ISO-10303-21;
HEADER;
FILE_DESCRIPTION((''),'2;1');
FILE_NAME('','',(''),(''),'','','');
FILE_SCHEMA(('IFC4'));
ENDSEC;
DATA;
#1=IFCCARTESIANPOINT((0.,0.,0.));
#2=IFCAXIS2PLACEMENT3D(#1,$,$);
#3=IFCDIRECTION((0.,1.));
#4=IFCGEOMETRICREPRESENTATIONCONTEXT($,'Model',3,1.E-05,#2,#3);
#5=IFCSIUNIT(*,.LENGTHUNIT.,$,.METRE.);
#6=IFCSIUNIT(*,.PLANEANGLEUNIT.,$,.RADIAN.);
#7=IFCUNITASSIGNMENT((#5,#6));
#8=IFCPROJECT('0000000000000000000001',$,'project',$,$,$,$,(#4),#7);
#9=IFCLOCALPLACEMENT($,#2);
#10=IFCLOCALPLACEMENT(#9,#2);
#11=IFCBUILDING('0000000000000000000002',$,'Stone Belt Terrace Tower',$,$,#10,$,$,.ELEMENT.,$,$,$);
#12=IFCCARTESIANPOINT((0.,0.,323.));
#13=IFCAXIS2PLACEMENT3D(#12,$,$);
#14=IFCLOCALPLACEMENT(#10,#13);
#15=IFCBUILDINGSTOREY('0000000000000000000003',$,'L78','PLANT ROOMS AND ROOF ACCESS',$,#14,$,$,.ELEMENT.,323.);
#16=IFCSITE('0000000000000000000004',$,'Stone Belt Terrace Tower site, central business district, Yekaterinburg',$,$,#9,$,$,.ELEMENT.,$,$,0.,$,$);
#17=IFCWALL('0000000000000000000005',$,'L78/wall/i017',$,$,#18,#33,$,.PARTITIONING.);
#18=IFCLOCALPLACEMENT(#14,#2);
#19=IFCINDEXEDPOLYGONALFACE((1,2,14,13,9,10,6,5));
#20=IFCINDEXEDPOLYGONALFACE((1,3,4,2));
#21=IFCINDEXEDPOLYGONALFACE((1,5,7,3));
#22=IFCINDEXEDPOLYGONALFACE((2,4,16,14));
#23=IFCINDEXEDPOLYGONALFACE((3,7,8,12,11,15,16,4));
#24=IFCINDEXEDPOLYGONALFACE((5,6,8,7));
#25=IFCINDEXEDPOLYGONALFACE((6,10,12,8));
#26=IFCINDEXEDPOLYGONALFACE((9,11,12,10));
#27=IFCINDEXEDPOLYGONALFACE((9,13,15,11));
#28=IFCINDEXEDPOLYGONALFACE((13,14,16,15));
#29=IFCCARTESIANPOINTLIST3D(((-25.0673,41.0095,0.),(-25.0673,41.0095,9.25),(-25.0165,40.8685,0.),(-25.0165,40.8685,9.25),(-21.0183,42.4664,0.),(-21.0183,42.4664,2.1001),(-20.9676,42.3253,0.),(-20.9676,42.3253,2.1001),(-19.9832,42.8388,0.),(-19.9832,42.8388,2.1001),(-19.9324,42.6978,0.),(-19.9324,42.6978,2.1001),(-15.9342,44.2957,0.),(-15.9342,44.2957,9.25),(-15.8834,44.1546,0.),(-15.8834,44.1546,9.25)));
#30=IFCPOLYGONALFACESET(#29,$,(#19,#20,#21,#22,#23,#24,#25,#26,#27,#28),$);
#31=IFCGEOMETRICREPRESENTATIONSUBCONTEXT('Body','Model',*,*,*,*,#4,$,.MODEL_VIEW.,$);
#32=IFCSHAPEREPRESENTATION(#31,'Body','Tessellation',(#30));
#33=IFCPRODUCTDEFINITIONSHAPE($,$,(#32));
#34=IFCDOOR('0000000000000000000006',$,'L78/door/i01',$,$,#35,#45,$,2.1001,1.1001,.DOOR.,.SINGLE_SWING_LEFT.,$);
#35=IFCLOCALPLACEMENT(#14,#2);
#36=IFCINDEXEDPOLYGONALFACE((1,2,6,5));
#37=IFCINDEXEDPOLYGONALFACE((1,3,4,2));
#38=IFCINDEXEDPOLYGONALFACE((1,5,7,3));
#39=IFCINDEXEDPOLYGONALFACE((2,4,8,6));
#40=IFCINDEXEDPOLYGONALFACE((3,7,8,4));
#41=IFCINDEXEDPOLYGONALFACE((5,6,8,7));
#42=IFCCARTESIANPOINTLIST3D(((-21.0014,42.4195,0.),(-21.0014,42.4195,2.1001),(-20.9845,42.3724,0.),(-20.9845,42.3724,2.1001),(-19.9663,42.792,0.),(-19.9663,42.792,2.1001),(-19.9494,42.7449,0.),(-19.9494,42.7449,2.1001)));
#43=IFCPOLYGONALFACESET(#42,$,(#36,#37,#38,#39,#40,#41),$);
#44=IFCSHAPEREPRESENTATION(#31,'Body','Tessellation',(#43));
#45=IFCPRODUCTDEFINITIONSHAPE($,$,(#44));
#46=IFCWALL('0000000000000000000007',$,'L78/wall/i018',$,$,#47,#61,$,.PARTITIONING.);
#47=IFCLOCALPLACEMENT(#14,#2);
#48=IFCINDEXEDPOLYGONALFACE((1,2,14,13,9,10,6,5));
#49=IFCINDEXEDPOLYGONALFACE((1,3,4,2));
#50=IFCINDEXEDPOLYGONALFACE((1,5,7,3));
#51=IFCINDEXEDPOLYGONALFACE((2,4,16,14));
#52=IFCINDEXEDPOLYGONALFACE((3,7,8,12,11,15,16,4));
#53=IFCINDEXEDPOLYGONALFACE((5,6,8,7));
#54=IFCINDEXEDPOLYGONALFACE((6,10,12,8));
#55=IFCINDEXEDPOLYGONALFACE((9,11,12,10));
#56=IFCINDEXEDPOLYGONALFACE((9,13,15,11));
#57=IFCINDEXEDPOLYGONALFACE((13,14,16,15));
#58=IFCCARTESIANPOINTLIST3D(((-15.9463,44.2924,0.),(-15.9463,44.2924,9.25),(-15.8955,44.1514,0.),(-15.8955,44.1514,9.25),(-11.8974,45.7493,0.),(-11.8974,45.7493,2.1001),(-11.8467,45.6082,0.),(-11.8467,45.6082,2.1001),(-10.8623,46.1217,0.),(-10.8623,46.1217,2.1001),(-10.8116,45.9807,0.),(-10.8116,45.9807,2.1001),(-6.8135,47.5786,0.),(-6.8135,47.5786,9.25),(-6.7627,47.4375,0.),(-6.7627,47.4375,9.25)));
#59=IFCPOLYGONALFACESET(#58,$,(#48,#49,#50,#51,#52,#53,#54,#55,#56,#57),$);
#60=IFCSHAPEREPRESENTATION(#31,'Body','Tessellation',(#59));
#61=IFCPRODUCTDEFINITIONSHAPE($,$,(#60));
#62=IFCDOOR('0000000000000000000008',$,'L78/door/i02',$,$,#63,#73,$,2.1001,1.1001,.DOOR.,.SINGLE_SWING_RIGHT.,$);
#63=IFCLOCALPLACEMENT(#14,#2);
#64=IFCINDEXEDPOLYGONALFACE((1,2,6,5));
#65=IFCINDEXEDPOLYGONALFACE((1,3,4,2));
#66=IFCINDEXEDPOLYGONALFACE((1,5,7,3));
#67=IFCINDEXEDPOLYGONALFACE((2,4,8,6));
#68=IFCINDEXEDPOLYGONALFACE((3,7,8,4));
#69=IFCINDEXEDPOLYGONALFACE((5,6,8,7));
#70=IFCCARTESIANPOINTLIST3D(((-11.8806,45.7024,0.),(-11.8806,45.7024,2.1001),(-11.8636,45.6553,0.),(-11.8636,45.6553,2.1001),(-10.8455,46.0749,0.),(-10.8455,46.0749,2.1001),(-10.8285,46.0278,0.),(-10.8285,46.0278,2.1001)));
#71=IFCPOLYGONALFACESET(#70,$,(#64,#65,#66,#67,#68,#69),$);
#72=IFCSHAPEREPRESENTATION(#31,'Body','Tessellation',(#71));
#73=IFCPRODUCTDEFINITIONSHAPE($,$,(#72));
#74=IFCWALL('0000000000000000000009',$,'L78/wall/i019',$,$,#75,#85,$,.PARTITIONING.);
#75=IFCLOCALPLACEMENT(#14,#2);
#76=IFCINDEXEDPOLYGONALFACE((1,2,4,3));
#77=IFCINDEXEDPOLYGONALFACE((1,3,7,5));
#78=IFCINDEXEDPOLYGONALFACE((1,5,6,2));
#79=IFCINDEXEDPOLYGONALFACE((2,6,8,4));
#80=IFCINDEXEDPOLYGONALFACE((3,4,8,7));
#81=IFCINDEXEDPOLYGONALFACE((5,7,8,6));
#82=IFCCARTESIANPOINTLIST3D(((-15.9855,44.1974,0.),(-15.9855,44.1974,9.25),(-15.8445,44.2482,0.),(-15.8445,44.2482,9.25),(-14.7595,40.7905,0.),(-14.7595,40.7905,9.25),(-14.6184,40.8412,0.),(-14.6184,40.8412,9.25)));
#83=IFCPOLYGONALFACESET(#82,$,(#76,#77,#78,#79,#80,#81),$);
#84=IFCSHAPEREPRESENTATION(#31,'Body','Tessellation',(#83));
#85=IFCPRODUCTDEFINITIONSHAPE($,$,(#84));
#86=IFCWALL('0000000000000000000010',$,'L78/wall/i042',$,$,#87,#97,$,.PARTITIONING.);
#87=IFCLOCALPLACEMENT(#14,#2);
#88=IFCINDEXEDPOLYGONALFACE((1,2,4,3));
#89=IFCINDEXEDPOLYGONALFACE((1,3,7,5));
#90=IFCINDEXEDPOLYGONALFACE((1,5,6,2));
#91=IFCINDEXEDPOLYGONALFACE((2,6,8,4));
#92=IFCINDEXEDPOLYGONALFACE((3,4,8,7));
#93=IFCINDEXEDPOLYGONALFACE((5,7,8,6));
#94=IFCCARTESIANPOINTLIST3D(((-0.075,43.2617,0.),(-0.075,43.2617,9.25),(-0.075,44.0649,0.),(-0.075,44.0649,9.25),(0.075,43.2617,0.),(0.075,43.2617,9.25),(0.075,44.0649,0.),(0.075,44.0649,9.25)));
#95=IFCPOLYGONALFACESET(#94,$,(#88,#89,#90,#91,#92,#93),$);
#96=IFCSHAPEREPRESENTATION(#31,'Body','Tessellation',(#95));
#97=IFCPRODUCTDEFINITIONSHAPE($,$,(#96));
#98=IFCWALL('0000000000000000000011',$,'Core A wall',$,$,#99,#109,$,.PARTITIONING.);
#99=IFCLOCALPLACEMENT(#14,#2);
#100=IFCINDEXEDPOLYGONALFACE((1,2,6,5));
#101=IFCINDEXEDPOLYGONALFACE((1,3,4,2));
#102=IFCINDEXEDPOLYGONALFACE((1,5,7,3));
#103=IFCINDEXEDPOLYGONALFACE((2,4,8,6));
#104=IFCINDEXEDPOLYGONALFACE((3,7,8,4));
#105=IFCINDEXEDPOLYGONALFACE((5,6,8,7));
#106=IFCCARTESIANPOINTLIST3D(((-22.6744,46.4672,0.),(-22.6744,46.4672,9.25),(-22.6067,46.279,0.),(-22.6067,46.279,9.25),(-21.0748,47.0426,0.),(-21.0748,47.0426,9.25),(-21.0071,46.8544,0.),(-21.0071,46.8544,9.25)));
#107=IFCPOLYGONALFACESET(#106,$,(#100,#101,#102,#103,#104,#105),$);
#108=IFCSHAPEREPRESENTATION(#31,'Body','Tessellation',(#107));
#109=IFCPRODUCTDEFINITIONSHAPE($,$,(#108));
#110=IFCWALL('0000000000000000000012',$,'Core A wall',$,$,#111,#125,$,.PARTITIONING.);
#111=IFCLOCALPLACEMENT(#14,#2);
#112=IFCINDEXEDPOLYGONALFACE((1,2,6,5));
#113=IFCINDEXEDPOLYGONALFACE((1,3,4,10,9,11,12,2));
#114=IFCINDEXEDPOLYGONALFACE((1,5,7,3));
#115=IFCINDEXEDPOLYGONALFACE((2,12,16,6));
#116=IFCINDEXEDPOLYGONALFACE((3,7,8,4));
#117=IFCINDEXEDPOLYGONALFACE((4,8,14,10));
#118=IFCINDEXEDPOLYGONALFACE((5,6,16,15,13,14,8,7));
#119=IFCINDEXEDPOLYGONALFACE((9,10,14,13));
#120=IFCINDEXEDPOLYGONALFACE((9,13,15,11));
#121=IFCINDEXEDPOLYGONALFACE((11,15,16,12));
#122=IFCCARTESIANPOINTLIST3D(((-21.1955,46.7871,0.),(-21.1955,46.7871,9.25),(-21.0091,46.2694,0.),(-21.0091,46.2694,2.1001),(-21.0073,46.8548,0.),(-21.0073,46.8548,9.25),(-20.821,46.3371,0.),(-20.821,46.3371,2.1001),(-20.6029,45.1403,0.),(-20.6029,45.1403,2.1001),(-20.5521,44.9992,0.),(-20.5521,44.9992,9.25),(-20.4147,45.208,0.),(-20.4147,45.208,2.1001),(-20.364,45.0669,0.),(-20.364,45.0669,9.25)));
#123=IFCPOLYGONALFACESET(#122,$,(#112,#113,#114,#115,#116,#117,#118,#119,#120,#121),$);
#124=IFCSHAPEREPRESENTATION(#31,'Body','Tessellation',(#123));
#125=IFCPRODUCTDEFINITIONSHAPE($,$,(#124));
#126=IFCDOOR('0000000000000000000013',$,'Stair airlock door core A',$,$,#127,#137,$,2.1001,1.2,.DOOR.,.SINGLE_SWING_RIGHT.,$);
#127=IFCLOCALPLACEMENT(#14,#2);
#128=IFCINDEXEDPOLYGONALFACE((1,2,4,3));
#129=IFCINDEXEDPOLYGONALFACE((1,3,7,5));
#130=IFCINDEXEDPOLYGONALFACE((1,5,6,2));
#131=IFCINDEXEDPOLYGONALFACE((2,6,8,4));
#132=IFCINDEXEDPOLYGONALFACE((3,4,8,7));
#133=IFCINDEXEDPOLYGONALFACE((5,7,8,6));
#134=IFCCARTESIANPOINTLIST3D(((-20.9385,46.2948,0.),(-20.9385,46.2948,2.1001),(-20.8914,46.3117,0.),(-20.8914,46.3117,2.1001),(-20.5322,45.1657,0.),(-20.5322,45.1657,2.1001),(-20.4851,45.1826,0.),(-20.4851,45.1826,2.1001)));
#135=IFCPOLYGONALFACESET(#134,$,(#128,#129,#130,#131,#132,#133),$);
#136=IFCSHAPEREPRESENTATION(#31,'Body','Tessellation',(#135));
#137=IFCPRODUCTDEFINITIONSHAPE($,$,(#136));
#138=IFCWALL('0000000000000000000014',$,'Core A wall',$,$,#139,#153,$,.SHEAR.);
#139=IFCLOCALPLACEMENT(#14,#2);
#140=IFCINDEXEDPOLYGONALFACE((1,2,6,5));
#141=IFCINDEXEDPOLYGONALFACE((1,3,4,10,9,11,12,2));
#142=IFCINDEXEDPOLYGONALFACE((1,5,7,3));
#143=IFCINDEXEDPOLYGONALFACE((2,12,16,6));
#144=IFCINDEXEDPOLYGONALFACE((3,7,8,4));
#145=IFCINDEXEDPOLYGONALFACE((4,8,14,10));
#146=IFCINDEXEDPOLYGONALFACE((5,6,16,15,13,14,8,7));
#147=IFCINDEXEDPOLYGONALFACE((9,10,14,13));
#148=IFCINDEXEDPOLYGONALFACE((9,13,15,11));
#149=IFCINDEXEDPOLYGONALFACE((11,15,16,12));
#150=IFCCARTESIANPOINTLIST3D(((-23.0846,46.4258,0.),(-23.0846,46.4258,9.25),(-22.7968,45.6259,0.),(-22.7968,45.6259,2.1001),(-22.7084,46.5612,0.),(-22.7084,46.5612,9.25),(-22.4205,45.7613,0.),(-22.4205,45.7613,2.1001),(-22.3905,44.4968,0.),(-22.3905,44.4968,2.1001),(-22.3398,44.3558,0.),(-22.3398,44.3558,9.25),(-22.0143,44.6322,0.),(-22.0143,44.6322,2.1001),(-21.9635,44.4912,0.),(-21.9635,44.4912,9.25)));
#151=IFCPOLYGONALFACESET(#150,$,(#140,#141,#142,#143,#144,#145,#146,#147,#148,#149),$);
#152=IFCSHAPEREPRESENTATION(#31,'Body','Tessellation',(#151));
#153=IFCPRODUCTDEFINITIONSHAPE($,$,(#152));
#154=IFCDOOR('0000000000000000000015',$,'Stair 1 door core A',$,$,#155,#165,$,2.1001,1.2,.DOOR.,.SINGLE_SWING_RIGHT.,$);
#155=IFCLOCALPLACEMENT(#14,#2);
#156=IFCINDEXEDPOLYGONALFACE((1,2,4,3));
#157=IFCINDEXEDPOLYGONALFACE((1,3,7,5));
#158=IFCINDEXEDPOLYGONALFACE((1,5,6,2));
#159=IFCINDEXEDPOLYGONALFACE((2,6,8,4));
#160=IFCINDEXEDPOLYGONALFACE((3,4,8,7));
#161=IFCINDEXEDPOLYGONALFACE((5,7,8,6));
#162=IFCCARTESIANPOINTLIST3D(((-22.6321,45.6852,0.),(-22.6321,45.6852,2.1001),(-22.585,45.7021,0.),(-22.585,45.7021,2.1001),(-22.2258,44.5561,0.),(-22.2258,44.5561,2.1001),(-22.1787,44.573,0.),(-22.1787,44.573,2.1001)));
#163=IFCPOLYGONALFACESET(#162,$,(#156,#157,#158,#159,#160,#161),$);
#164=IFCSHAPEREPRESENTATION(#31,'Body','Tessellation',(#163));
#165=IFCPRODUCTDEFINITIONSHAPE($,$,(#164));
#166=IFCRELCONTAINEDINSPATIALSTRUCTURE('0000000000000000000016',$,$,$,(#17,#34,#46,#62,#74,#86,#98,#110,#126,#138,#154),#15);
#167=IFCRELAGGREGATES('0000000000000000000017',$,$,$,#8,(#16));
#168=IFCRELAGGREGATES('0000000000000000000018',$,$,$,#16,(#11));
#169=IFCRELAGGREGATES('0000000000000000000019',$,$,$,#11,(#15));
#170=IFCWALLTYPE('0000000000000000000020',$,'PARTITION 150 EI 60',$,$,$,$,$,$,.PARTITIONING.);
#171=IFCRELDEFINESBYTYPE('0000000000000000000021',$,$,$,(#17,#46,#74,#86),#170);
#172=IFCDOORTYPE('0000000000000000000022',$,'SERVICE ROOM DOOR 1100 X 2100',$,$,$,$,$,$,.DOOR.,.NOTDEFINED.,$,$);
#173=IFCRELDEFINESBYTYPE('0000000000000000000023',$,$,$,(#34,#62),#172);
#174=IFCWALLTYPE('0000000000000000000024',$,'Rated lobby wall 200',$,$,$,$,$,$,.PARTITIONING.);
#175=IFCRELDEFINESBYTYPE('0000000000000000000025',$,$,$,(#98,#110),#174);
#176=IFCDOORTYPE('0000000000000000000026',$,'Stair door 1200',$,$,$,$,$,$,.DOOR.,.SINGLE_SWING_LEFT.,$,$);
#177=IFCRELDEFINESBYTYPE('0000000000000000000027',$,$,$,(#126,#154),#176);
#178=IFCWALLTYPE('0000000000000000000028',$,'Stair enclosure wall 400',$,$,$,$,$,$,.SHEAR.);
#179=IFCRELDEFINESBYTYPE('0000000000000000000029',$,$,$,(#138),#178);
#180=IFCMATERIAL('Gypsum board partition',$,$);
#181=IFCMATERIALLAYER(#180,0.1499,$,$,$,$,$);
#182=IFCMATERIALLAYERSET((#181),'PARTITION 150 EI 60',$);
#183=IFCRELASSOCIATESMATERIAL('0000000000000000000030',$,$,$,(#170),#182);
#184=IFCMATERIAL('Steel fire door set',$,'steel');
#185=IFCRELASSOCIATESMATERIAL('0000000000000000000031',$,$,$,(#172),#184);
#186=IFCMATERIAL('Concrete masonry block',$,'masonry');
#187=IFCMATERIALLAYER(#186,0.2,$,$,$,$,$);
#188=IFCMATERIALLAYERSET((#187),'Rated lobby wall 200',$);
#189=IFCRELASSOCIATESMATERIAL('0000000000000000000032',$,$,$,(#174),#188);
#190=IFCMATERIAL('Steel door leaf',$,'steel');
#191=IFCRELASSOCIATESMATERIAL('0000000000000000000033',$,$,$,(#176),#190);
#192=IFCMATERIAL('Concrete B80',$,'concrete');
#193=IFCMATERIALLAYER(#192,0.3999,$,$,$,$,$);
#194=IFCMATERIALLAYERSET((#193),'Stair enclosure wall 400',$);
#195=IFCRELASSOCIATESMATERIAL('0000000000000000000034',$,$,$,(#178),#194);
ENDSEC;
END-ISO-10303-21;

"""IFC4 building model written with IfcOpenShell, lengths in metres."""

from ifc_helpers import new_model, si_unit, direction, frame, frame_2d, origin, place, context, subcontext, project, spatial, rectangle, extrude, material, layer, layer_set, type_object, element, fill, save


model = new_model("IFC4")

# Units and contexts
model_context = context("Model", 3, precision=1e-05, world=origin(), true_north=direction((0.0, 1.0)))
body_context = subcontext(model_context, "Body", "Model", "MODEL_VIEW")
ifc_project = project(units=[si_unit("LENGTHUNIT", "METRE"), si_unit("PLANEANGLEUNIT", "RADIAN")], contexts=[model_context])

# Site, building, storey
site_placement = place(None, origin())
site = spatial("IfcSite", under=ifc_project, at=site_placement, Name="Stone Belt Terrace Tower site, central business district, Yekaterinburg", CompositionType="ELEMENT", RefElevation=0.0)
building_placement = place(site_placement, origin())
building = spatial("IfcBuilding", under=site, at=building_placement, Name="Stone Belt Terrace Tower", CompositionType="ELEMENT")
storey_placement = place(building_placement, frame((0.0, 0.0, 323.0)))
storey = spatial("IfcBuildingStorey", under=building, at=storey_placement, Name="L78", Description="PLANT ROOMS AND ROOF ACCESS", CompositionType="ELEMENT", Elevation=323.0)

# Shared definitions
ifc_material_1 = material(Name="Gypsum board partition")
ifc_layer_1 = layer(ifc_material_1, 0.1499)
ifc_layer_set_1 = layer_set([ifc_layer_1], Name="PARTITION 150 EI 60")
wall_type_1 = type_object("IfcWallType", Name="PARTITION 150 EI 60", PredefinedType="PARTITIONING", material=ifc_layer_set_1)

# Walls, openings, doors
wall_1_placement = place(storey_placement, frame((-15.9089, 44.2251, 0.0), z_axis=(0.0, 0.0, 1.0), x_axis=(-0.940945, -0.338558, 0.0)))
wall_1 = element("IfcWall", 1, at=wall_1_placement, inside=storey, type_object=wall_type_1, Name="L78/wall/i017", PredefinedType="PARTITIONING", context=body_context, shape_type="SweptSolid", body=[
    extrude(rectangle(XDim=9.7063, YDim=0.1499, at=frame_2d((4.853, 0.0))), origin(), (0.0, 0.0, 1.0), 9.25),
])
opening_1_placement = place(wall_1_placement, frame((4.303, 0.0, 0.0)))
opening_1 = element("IfcOpeningElement", 2, at=opening_1_placement, cuts=wall_1, PredefinedType="OPENING", context=body_context, shape_type="SweptSolid", body=[
    extrude(rectangle(XDim=1.1001, YDim=2.1001, at=frame_2d((0.55, 1.05))), frame((0.0, 0.085, 0.0), z_axis=(0.0, -1.0, 0.0), x_axis=(1.0, 0.0, 0.0)), (0.0, 0.0, 1.0), 0.1699),
])
ifc_material_2 = material(Name="Steel fire door set", Category="steel")
door_type_1 = type_object("IfcDoorType", Name="SERVICE ROOM DOOR 1100 X 2100", OperationType="NOTDEFINED", PredefinedType="DOOR", material=ifc_material_2)
door_1_placement = place(opening_1_placement, origin())
door_1 = element("IfcDoor", 3, at=door_1_placement, inside=storey, type_object=door_type_1, Name="L78/door/i01", OperationType="SINGLE_SWING_LEFT", OverallHeight=2.1001, OverallWidth=1.1001, PredefinedType="DOOR", context=body_context, shape_type="SweptSolid", body=[
    extrude(rectangle(XDim=1.1001, YDim=2.1001, at=frame_2d((0.55, 1.05))), frame((0.0, 0.0249, 0.0), z_axis=(0.0, -1.0, 0.0), x_axis=(1.0, 0.0, 0.0)), (0.0, 0.0, 1.0), 0.05),
])
fill(opening_1, door_1)
wall_2_placement = place(storey_placement, frame((-6.7881, 47.5081, 0.0), z_axis=(0.0, 0.0, 1.0), x_axis=(-0.940943, -0.338566, 0.0)))
wall_2 = element("IfcWall", 4, at=wall_2_placement, inside=storey, type_object=wall_type_1, Name="L78/wall/i018", PredefinedType="PARTITIONING", context=body_context, shape_type="SweptSolid", body=[
    extrude(rectangle(XDim=9.7061, YDim=0.1499, at=frame_2d((4.853, 0.0))), origin(), (0.0, 0.0, 1.0), 9.25),
])
opening_2_placement = place(wall_2_placement, frame((4.303, 0.0, 0.0)))
opening_2 = element("IfcOpeningElement", 5, at=opening_2_placement, cuts=wall_2, PredefinedType="OPENING", context=body_context, shape_type="SweptSolid", body=[
    extrude(rectangle(XDim=1.1001, YDim=2.1001, at=frame_2d((0.55, 1.05))), frame((0.0, 0.085, 0.0), z_axis=(0.0, -1.0, 0.0), x_axis=(1.0, 0.0, 0.0)), (0.0, 0.0, 1.0), 0.1699),
])
door_2_placement = place(opening_2_placement, origin())
door_2 = element("IfcDoor", 6, at=door_2_placement, inside=storey, type_object=door_type_1, Name="L78/door/i02", OperationType="SINGLE_SWING_RIGHT", OverallHeight=2.1001, OverallWidth=1.1001, PredefinedType="DOOR", context=body_context, shape_type="SweptSolid", body=[
    extrude(rectangle(XDim=1.1001, YDim=2.1001, at=frame_2d((0.55, 1.05))), frame((0.0, 0.0249, 0.0), z_axis=(0.0, -1.0, 0.0), x_axis=(1.0, 0.0, 0.0)), (0.0, 0.0, 1.0), 0.05),
])
fill(opening_2, door_2)

# Walls
wall_3_placement = place(storey_placement, frame((-15.915, 44.2229, 0.0), z_axis=(0.0, 0.0, 1.0), x_axis=(0.338612, -0.940926, 0.0)))
element("IfcWall", 7, at=wall_3_placement, inside=storey, type_object=wall_type_1, Name="L78/wall/i019", PredefinedType="PARTITIONING", context=body_context, shape_type="SweptSolid", body=[
    extrude(rectangle(XDim=3.6208, YDim=0.1499, at=frame_2d((1.8105, 0.0))), origin(), (0.0, 0.0, 1.0), 9.25),
])
wall_4_placement = place(storey_placement, frame((0.0, 44.0649, 0.0), z_axis=(0.0, 0.0, 1.0), x_axis=(0.0, -1.0, 0.0)))
element("IfcWall", 8, at=wall_4_placement, inside=storey, type_object=wall_type_1, Name="L78/wall/i042", PredefinedType="PARTITIONING", context=body_context, shape_type="SweptSolid", body=[
    extrude(rectangle(XDim=0.8032, YDim=0.1499, at=frame_2d((0.4016, 0.0))), origin(), (0.0, 0.0, 1.0), 9.25),
])
ifc_material_3 = material(Name="Concrete masonry block", Category="masonry")
ifc_layer_2 = layer(ifc_material_3, 0.2)
ifc_layer_set_2 = layer_set([ifc_layer_2], Name="Rated lobby wall 200")
wall_type_2 = type_object("IfcWallType", Name="Rated lobby wall 200", PredefinedType="PARTITIONING", material=ifc_layer_set_2)
wall_5_placement = place(storey_placement, frame((-22.6406, 46.373, 0.0), z_axis=(0.0, 0.0, 1.0), x_axis=(0.940966, 0.338501, 0.0)))
element("IfcWall", 9, at=wall_5_placement, inside=storey, type_object=wall_type_2, Name="Core A wall", PredefinedType="PARTITIONING", context=body_context, shape_type="SweptSolid", body=[
    extrude(rectangle(XDim=1.7, YDim=0.2, at=frame_2d((0.8501, 0.0))), origin(), (0.0, 0.0, 1.0), 9.25),
])

# Walls, openings, doors
wall_6_placement = place(storey_placement, frame((-20.458, 45.033, 0.0), z_axis=(0.0, 0.0, 1.0), x_axis=(-0.338574, 0.94094, 0.0)))
wall_6 = element("IfcWall", 10, at=wall_6_placement, inside=storey, type_object=wall_type_2, Name="Core A wall", PredefinedType="PARTITIONING", context=body_context, shape_type="SweptSolid", body=[
    extrude(rectangle(XDim=1.9001, YDim=0.2, at=frame_2d((0.9502, 0.0))), origin(), (0.0, 0.0, 1.0), 9.25),
])
opening_3_placement = place(wall_6_placement, frame((0.1499, 0.0, 0.0)))
opening_3 = element("IfcOpeningElement", 11, at=opening_3_placement, cuts=wall_6, PredefinedType="OPENING", context=body_context, shape_type="SweptSolid", body=[
    extrude(rectangle(XDim=1.2, YDim=2.1001, at=frame_2d((0.6001, 1.05))), frame((0.0, 0.1099, 0.0), z_axis=(0.0, -1.0, 0.0), x_axis=(1.0, 0.0, 0.0)), (0.0, 0.0, 1.0), 0.22),
])
ifc_material_4 = material(Name="Steel door leaf", Category="steel")
door_type_2 = type_object("IfcDoorType", Name="Stair door 1200", OperationType="SINGLE_SWING_LEFT", PredefinedType="DOOR", material=ifc_material_4)
door_3_placement = place(opening_3_placement, origin())
door_3 = element("IfcDoor", 12, at=door_3_placement, inside=storey, type_object=door_type_2, Name="Stair airlock door core A", OperationType="SINGLE_SWING_RIGHT", OverallHeight=2.1001, OverallWidth=1.2, PredefinedType="DOOR", context=body_context, shape_type="SweptSolid", body=[
    extrude(rectangle(XDim=1.2, YDim=2.1001, at=frame_2d((0.6001, 1.05))), frame((0.0, 0.0249, 0.0), z_axis=(0.0, -1.0, 0.0), x_axis=(1.0, 0.0, 0.0)), (0.0, 0.0, 1.0), 0.05),
])
fill(opening_3, door_3)
ifc_material_5 = material(Name="Concrete B80", Category="concrete")
ifc_layer_3 = layer(ifc_material_5, 0.3999)
ifc_layer_set_3 = layer_set([ifc_layer_3], Name="Stair enclosure wall 400")
wall_type_3 = type_object("IfcWallType", Name="Stair enclosure wall 400", PredefinedType="SHEAR", material=ifc_layer_set_3)
wall_7_placement = place(storey_placement, frame((-22.1516, 44.4233, 0.0), z_axis=(0.0, 0.0, 1.0), x_axis=(-0.338578, 0.940938, 0.0)))
wall_7 = element("IfcWall", 13, at=wall_7_placement, inside=storey, type_object=wall_type_3, Name="Core A wall", PredefinedType="SHEAR", context=body_context, shape_type="SweptSolid", body=[
    extrude(rectangle(XDim=2.2, YDim=0.3999, at=frame_2d((1.1001, 0.0))), origin(), (0.0, 0.0, 1.0), 9.25),
])
opening_4_placement = place(wall_7_placement, frame((0.1499, 0.0, 0.0)))
opening_4 = element("IfcOpeningElement", 14, at=opening_4_placement, cuts=wall_7, PredefinedType="OPENING", context=body_context, shape_type="SweptSolid", body=[
    extrude(rectangle(XDim=1.2, YDim=2.1001, at=frame_2d((0.6001, 1.05))), frame((0.0, 0.21, 0.0), z_axis=(0.0, -1.0, 0.0), x_axis=(1.0, 0.0, 0.0)), (0.0, 0.0, 1.0), 0.4199),
])
door_4_placement = place(opening_4_placement, origin())
door_4 = element("IfcDoor", 15, at=door_4_placement, inside=storey, type_object=door_type_2, Name="Stair 1 door core A", OperationType="SINGLE_SWING_RIGHT", OverallHeight=2.1001, OverallWidth=1.2, PredefinedType="DOOR", context=body_context, shape_type="SweptSolid", body=[
    extrude(rectangle(XDim=1.2, YDim=2.1001, at=frame_2d((0.6001, 1.05))), frame((0.0, 0.0249, 0.0), z_axis=(0.0, -1.0, 0.0), x_axis=(1.0, 0.0, 0.0)), (0.0, 0.0, 1.0), 0.05),
])
fill(opening_4, door_4)

save(model, "model.ifc")
